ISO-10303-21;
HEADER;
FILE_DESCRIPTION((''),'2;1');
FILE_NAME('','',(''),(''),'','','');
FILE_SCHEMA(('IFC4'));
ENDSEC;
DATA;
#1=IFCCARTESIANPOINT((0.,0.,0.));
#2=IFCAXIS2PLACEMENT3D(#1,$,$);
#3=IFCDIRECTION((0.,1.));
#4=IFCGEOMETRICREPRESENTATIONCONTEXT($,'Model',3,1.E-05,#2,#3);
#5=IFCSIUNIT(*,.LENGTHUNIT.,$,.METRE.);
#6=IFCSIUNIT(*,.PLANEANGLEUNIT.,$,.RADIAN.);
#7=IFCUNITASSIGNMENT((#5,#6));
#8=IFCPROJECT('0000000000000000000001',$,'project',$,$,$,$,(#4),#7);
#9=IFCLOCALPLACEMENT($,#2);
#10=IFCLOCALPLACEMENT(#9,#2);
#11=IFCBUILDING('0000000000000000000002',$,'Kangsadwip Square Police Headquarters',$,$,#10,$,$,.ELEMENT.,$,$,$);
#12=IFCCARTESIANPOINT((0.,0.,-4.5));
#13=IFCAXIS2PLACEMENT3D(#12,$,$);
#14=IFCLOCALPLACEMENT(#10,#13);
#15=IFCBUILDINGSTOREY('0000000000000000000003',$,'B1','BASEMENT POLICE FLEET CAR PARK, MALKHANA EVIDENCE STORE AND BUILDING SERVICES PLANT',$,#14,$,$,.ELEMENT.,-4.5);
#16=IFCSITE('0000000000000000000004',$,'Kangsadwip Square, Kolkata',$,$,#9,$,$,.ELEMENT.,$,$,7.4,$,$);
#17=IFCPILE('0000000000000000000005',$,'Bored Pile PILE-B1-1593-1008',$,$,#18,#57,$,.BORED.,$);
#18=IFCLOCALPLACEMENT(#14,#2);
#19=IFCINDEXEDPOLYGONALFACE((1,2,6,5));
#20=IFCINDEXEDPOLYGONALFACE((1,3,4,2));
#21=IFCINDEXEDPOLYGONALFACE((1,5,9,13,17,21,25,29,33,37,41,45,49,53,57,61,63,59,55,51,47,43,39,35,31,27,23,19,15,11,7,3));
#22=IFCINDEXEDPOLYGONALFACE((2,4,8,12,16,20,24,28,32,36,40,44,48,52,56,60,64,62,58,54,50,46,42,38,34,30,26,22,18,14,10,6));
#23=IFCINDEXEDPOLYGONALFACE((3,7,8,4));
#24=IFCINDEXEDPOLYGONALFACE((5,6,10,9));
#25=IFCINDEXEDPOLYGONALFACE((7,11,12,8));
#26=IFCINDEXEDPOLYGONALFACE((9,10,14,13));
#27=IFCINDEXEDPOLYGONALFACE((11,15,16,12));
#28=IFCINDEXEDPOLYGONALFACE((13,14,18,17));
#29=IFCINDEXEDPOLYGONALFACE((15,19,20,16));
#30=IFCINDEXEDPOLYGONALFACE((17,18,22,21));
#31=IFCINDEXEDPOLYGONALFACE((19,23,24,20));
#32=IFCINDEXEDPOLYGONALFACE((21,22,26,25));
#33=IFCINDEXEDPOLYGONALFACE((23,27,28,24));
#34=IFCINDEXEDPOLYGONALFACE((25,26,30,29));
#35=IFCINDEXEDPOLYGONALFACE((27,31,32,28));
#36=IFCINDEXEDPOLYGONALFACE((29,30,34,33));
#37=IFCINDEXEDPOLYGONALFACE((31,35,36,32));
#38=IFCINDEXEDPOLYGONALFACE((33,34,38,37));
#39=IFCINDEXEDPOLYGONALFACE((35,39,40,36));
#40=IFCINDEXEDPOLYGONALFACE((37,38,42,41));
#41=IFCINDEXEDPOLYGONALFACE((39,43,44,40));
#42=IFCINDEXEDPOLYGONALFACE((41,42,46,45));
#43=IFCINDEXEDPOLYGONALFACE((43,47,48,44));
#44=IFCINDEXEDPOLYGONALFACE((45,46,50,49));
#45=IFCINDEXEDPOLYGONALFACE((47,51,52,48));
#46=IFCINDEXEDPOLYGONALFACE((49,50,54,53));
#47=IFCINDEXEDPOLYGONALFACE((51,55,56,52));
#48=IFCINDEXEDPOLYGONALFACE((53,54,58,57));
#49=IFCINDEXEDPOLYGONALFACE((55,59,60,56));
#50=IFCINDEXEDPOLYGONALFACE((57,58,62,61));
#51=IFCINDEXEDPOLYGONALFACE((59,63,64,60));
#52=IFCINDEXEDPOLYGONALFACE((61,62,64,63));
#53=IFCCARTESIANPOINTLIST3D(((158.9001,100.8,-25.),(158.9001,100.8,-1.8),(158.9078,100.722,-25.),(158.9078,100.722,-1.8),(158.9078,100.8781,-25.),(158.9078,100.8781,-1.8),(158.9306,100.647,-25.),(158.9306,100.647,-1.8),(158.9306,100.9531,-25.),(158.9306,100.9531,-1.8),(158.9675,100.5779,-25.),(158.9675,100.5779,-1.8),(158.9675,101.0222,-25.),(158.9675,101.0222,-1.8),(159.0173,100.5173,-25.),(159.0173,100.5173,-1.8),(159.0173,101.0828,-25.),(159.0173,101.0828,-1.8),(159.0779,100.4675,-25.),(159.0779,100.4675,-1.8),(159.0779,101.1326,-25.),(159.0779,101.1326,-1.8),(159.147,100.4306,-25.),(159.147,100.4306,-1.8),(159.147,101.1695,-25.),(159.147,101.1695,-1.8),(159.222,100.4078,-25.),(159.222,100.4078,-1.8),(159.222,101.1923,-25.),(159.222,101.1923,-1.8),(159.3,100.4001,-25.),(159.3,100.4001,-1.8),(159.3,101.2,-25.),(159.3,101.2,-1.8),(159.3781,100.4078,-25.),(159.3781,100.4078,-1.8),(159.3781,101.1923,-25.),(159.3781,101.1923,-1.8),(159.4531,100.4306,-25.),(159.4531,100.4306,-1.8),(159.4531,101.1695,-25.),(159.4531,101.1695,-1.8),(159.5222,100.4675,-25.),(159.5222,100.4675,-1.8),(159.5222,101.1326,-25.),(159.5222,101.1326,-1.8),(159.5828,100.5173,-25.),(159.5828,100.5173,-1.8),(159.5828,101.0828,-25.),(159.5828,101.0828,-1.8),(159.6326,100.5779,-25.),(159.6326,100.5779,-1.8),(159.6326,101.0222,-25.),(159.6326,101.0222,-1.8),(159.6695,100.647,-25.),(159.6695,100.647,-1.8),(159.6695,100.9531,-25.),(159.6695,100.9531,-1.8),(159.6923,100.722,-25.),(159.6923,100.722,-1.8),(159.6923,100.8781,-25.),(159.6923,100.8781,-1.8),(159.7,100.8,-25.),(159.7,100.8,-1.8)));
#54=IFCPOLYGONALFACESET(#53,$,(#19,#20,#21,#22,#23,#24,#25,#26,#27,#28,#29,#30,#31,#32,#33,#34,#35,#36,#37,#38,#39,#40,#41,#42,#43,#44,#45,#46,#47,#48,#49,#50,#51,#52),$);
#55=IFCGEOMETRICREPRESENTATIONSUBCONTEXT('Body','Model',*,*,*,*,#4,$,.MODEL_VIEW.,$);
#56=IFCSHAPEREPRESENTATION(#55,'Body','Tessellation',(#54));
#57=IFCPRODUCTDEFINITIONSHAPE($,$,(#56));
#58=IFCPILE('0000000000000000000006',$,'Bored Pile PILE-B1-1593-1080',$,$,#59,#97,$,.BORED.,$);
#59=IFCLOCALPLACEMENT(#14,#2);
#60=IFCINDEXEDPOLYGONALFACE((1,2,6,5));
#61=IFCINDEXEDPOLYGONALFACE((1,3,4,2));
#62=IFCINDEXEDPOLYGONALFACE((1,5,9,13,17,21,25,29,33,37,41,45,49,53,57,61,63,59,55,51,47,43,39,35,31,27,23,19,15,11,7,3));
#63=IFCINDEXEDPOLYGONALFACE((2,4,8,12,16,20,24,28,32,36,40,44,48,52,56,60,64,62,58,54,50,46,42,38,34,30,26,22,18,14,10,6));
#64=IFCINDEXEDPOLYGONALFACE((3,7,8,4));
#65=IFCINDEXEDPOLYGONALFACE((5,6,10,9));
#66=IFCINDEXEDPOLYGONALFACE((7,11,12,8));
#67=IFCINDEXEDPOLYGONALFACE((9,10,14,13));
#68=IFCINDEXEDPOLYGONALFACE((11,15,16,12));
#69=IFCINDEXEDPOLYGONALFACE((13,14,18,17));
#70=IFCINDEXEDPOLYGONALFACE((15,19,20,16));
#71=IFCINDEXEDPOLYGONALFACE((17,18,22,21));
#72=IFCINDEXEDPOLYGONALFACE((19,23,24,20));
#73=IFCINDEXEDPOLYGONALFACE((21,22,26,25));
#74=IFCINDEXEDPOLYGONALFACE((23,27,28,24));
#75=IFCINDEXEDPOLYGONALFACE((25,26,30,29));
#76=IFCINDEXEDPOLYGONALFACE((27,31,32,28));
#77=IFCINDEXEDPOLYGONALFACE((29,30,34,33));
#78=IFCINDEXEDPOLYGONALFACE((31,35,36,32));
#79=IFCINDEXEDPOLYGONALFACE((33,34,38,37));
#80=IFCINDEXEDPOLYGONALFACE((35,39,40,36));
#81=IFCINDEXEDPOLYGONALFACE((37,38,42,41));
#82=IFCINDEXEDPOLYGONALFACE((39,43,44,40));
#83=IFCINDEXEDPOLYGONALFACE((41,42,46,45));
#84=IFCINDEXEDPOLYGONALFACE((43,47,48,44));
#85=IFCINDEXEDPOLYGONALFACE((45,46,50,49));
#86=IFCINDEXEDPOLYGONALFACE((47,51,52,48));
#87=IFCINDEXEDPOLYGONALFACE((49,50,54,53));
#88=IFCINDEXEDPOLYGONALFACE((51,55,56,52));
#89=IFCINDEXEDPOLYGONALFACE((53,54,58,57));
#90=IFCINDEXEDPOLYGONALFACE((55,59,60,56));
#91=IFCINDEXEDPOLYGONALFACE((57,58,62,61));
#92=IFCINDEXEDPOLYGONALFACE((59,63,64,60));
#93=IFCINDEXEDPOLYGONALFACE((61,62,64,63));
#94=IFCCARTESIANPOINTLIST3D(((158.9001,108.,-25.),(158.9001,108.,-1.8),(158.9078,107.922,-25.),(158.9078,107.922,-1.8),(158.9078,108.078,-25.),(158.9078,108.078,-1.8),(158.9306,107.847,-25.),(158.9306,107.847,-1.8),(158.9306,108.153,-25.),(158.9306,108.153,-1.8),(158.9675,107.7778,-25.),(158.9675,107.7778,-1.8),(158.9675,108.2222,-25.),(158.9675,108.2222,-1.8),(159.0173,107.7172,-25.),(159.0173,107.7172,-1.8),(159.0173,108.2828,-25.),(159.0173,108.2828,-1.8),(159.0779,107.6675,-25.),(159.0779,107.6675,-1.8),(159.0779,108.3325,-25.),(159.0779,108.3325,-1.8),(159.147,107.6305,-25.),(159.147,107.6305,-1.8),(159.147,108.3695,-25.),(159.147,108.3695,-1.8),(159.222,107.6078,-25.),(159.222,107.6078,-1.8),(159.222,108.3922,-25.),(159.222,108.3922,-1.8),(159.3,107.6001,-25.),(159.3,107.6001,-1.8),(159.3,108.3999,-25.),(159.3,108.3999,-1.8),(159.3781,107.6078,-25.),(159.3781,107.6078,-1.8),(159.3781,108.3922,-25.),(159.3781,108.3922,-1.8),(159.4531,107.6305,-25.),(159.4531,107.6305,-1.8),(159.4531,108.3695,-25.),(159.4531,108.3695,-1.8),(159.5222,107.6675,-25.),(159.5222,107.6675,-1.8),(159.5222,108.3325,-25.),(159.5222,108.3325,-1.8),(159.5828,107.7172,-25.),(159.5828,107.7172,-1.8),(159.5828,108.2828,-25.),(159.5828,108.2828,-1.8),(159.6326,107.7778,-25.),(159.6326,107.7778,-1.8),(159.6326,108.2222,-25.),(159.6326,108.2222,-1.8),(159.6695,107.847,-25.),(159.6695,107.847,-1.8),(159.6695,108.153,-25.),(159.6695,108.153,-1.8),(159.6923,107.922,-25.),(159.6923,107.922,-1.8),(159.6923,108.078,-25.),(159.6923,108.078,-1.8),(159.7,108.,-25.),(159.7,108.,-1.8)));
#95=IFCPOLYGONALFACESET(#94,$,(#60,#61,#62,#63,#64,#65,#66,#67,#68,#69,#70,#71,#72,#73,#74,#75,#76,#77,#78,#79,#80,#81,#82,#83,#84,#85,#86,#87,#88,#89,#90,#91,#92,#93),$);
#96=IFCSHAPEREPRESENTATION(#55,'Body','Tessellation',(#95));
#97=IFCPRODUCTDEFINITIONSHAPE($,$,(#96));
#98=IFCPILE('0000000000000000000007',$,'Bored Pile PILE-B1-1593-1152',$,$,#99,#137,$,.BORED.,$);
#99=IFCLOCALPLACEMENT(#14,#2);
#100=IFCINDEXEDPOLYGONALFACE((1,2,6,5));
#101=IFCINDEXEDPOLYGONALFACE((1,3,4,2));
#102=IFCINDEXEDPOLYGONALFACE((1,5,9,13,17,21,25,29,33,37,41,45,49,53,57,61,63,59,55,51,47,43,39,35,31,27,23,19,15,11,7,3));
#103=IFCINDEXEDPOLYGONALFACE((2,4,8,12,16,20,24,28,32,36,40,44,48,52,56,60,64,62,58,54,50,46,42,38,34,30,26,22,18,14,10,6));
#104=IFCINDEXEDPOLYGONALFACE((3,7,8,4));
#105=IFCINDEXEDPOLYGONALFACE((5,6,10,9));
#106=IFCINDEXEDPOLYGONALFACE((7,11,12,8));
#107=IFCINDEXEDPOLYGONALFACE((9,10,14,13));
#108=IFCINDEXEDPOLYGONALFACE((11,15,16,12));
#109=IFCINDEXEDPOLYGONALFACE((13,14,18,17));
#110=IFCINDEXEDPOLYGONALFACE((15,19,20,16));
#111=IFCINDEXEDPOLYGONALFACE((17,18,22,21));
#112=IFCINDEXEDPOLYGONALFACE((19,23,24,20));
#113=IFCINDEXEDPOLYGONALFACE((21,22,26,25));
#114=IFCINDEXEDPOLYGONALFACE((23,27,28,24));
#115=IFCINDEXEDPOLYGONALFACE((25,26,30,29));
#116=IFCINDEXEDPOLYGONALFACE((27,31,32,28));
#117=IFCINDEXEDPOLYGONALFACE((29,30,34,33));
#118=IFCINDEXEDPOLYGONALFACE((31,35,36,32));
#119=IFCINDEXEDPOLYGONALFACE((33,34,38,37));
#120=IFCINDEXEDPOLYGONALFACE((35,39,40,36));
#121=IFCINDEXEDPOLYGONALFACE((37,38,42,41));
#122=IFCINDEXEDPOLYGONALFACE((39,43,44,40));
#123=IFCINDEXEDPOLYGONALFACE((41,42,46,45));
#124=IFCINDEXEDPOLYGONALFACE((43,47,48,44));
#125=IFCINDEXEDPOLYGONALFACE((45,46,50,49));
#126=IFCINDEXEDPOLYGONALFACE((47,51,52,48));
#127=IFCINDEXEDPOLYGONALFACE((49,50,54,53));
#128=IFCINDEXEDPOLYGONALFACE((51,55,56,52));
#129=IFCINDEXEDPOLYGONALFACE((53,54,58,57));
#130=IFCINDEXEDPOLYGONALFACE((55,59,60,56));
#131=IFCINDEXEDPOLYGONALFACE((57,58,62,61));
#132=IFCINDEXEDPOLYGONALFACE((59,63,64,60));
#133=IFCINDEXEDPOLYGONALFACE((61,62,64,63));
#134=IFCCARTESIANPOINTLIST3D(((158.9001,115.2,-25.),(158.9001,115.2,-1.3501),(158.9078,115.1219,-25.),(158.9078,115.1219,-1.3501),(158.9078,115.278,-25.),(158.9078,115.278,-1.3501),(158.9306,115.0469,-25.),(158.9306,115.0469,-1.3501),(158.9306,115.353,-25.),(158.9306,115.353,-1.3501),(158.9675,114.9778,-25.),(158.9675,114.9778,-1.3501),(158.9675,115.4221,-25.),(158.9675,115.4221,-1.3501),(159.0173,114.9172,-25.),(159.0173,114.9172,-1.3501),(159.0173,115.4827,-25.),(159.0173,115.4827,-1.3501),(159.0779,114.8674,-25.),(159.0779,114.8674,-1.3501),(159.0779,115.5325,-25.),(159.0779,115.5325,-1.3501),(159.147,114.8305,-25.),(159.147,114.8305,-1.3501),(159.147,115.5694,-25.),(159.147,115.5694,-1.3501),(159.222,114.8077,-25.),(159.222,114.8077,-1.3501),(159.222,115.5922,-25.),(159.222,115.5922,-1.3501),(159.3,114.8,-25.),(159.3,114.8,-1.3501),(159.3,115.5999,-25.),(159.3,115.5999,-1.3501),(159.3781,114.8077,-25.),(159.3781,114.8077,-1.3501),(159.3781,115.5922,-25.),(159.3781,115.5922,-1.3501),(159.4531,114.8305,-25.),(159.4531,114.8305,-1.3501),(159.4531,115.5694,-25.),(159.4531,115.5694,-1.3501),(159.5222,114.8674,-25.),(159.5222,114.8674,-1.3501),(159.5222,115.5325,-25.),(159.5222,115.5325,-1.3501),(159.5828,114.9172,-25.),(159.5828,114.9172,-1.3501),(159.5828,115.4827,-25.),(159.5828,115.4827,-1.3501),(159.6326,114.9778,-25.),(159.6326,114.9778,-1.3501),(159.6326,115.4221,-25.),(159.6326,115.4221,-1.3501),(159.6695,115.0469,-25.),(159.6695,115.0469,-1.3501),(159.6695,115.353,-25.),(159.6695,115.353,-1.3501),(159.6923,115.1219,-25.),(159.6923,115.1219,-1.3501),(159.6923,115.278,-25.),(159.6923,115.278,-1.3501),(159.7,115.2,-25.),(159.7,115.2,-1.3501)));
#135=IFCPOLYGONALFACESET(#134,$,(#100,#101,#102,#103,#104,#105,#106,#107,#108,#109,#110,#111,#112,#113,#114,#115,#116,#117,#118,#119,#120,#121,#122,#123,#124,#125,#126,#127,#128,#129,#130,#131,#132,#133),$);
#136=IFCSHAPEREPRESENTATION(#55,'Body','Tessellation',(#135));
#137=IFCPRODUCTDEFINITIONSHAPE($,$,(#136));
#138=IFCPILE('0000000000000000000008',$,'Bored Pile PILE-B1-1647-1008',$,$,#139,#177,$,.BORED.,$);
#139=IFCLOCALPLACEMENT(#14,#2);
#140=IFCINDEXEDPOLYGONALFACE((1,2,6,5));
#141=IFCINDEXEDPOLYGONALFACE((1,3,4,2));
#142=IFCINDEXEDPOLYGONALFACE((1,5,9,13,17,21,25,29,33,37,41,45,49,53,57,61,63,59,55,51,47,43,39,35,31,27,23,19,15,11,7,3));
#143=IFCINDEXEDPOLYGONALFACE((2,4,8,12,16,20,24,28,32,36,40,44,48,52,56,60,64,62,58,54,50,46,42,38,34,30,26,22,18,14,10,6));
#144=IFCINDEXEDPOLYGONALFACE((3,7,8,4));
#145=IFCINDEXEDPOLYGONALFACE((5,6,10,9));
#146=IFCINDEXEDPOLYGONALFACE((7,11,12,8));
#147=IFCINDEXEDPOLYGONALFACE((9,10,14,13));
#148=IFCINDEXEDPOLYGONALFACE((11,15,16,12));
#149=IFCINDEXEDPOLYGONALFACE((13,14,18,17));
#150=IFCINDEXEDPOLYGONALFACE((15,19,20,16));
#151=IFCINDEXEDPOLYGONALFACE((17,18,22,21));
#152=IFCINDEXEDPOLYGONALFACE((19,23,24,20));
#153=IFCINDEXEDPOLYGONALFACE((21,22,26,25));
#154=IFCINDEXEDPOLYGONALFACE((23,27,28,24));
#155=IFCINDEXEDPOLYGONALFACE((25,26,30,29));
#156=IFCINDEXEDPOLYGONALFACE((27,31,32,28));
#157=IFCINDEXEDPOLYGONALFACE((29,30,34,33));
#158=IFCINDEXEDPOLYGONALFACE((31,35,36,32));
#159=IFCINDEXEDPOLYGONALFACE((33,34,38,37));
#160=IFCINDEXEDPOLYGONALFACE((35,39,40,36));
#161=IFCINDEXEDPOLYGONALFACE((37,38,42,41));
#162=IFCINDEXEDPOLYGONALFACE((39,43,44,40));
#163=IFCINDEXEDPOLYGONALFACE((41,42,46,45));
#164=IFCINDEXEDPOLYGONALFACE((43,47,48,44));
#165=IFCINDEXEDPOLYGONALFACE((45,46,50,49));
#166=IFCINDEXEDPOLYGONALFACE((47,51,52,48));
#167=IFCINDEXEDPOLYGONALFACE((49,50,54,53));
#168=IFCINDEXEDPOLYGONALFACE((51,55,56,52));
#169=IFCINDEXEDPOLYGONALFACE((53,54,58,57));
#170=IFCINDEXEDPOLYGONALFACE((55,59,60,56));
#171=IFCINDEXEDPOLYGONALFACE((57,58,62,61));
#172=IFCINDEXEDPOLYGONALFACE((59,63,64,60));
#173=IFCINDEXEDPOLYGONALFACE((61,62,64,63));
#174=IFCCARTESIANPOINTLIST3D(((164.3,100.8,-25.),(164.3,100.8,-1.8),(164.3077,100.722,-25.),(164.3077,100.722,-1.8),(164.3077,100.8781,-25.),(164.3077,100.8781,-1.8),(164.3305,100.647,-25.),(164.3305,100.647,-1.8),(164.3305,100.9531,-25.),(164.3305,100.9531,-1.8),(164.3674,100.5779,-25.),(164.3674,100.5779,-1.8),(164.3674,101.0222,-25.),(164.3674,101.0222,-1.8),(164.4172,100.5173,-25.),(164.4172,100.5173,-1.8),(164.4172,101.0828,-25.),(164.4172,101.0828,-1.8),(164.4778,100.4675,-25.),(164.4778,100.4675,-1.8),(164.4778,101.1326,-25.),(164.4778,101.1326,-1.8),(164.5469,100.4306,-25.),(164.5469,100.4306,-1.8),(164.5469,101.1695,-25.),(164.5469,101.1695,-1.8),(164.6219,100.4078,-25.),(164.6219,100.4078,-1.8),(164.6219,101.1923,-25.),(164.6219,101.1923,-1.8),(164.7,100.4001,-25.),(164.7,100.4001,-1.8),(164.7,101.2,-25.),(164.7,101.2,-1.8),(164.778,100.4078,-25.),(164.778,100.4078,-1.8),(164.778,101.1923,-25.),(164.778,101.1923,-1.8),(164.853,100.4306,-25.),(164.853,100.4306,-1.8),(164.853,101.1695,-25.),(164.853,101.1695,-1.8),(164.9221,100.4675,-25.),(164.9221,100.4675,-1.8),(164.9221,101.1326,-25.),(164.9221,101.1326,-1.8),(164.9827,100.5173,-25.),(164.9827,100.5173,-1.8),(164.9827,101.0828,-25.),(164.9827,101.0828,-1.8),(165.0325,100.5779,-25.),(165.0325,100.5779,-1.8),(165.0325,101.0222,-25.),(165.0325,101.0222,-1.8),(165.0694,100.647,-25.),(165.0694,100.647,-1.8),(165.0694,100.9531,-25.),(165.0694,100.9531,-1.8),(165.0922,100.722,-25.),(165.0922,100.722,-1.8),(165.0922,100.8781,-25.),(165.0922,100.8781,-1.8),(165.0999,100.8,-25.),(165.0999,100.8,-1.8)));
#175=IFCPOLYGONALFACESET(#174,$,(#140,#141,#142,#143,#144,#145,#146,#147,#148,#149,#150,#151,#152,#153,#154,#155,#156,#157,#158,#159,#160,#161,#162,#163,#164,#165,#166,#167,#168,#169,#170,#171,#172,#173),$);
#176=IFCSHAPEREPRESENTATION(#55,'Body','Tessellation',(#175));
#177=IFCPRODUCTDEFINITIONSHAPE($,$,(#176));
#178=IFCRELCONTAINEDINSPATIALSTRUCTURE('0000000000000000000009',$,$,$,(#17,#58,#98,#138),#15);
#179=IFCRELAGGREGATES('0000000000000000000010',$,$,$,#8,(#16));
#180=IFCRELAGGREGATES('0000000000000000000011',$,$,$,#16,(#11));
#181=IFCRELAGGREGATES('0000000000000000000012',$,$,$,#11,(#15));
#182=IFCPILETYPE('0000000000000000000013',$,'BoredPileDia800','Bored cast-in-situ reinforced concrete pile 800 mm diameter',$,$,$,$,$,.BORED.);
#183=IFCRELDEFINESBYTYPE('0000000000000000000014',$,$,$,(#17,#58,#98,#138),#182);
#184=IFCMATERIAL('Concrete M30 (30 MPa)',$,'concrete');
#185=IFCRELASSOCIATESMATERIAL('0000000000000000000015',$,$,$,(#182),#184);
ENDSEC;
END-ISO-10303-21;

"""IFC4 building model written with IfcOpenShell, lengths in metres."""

from ifc_helpers import new_model, si_unit, direction, frame, origin, origin_2d, place, context, subcontext, project, spatial, circle, extrude, material, material_profile, profile_set, type_object, element, save


model = new_model("IFC4")

# Units and contexts
model_context = context("Model", 3, precision=1e-05, world=origin(), true_north=direction((0.0, 1.0)))
body_context = subcontext(model_context, "Body", "Model", "MODEL_VIEW")
ifc_project = project(units=[si_unit("LENGTHUNIT", "METRE"), si_unit("PLANEANGLEUNIT", "RADIAN")], contexts=[model_context])

# Site, building, storey
site_placement = place(None, origin())
site = spatial("IfcSite", under=ifc_project, at=site_placement, Name="Kangsadwip Square, Kolkata", CompositionType="ELEMENT", RefElevation=7.4)
building_placement = place(site_placement, origin())
building = spatial("IfcBuilding", under=site, at=building_placement, Name="Kangsadwip Square Police Headquarters", CompositionType="ELEMENT")
storey_placement = place(building_placement, frame((0.0, 0.0, -4.5)))
storey = spatial("IfcBuildingStorey", under=building, at=storey_placement, Name="B1", Description="BASEMENT POLICE FLEET CAR PARK, MALKHANA EVIDENCE STORE AND BUILDING SERVICES PLANT", CompositionType="ELEMENT", Elevation=-4.5)

# Piles
ifc_material_1 = material(Name="Concrete M30 (30 MPa)", Category="concrete")
ifc_material_profile_1 = material_profile(ifc_material_1, circle(Radius=0.3999, at=origin_2d()), Name="PILE DIA 800")
ifc_profile_set_1 = profile_set([ifc_material_profile_1], Name="Concrete M30 (30 MPa)")
pile_type = type_object("IfcPileType", Name="BoredPileDia800", Description="Bored cast-in-situ reinforced concrete pile 800 mm diameter", PredefinedType="BORED", material=ifc_profile_set_1)
for number, where, z_axis, x_axis, name in (
    (1, (159.3, 100.8, -1.8), (0.0, 0.0, -1.0), (1.0, 0.0, 0.0), "Bored Pile PILE-B1-1593-1008"),
    (2, (159.3, 108.0, -1.8), (0.0, 0.0, -1.0), (1.0, 0.0, 0.0), "Bored Pile PILE-B1-1593-1080"),
):
    element("IfcPile", number, at=place(storey_placement, frame(where, z_axis=z_axis, x_axis=x_axis)), inside=storey, type_object=pile_type, Name=name, PredefinedType="BORED", context=body_context, shape_type="SweptSolid", body=[
        extrude(circle(Radius=0.3999, at=origin_2d()), origin(), (0.0, 0.0, 1.0), 23.2),
    ])
pile_placement = place(storey_placement, frame((159.3, 115.2, -1.3501), z_axis=(0.0, 0.0, -1.0), x_axis=(1.0, 0.0, 0.0)))
element("IfcPile", 3, at=pile_placement, inside=storey, type_object=pile_type, Name="Bored Pile PILE-B1-1593-1152", PredefinedType="BORED", context=body_context, shape_type="SweptSolid", body=[
    extrude(circle(Radius=0.3999, at=origin_2d()), origin(), (0.0, 0.0, 1.0), 23.6499),
])
for number, where, z_axis, x_axis, name in (
    (4, (164.7, 100.8, -1.8), (0.0, 0.0, -1.0), (1.0, 0.0, 0.0), "Bored Pile PILE-B1-1647-1008"),
):
    element("IfcPile", number, at=place(storey_placement, frame(where, z_axis=z_axis, x_axis=x_axis)), inside=storey, type_object=pile_type, Name=name, PredefinedType="BORED", context=body_context, shape_type="SweptSolid", body=[
        extrude(circle(Radius=0.3999, at=origin_2d()), origin(), (0.0, 0.0, 1.0), 23.2),
    ])

save(model, "model.ifc")
